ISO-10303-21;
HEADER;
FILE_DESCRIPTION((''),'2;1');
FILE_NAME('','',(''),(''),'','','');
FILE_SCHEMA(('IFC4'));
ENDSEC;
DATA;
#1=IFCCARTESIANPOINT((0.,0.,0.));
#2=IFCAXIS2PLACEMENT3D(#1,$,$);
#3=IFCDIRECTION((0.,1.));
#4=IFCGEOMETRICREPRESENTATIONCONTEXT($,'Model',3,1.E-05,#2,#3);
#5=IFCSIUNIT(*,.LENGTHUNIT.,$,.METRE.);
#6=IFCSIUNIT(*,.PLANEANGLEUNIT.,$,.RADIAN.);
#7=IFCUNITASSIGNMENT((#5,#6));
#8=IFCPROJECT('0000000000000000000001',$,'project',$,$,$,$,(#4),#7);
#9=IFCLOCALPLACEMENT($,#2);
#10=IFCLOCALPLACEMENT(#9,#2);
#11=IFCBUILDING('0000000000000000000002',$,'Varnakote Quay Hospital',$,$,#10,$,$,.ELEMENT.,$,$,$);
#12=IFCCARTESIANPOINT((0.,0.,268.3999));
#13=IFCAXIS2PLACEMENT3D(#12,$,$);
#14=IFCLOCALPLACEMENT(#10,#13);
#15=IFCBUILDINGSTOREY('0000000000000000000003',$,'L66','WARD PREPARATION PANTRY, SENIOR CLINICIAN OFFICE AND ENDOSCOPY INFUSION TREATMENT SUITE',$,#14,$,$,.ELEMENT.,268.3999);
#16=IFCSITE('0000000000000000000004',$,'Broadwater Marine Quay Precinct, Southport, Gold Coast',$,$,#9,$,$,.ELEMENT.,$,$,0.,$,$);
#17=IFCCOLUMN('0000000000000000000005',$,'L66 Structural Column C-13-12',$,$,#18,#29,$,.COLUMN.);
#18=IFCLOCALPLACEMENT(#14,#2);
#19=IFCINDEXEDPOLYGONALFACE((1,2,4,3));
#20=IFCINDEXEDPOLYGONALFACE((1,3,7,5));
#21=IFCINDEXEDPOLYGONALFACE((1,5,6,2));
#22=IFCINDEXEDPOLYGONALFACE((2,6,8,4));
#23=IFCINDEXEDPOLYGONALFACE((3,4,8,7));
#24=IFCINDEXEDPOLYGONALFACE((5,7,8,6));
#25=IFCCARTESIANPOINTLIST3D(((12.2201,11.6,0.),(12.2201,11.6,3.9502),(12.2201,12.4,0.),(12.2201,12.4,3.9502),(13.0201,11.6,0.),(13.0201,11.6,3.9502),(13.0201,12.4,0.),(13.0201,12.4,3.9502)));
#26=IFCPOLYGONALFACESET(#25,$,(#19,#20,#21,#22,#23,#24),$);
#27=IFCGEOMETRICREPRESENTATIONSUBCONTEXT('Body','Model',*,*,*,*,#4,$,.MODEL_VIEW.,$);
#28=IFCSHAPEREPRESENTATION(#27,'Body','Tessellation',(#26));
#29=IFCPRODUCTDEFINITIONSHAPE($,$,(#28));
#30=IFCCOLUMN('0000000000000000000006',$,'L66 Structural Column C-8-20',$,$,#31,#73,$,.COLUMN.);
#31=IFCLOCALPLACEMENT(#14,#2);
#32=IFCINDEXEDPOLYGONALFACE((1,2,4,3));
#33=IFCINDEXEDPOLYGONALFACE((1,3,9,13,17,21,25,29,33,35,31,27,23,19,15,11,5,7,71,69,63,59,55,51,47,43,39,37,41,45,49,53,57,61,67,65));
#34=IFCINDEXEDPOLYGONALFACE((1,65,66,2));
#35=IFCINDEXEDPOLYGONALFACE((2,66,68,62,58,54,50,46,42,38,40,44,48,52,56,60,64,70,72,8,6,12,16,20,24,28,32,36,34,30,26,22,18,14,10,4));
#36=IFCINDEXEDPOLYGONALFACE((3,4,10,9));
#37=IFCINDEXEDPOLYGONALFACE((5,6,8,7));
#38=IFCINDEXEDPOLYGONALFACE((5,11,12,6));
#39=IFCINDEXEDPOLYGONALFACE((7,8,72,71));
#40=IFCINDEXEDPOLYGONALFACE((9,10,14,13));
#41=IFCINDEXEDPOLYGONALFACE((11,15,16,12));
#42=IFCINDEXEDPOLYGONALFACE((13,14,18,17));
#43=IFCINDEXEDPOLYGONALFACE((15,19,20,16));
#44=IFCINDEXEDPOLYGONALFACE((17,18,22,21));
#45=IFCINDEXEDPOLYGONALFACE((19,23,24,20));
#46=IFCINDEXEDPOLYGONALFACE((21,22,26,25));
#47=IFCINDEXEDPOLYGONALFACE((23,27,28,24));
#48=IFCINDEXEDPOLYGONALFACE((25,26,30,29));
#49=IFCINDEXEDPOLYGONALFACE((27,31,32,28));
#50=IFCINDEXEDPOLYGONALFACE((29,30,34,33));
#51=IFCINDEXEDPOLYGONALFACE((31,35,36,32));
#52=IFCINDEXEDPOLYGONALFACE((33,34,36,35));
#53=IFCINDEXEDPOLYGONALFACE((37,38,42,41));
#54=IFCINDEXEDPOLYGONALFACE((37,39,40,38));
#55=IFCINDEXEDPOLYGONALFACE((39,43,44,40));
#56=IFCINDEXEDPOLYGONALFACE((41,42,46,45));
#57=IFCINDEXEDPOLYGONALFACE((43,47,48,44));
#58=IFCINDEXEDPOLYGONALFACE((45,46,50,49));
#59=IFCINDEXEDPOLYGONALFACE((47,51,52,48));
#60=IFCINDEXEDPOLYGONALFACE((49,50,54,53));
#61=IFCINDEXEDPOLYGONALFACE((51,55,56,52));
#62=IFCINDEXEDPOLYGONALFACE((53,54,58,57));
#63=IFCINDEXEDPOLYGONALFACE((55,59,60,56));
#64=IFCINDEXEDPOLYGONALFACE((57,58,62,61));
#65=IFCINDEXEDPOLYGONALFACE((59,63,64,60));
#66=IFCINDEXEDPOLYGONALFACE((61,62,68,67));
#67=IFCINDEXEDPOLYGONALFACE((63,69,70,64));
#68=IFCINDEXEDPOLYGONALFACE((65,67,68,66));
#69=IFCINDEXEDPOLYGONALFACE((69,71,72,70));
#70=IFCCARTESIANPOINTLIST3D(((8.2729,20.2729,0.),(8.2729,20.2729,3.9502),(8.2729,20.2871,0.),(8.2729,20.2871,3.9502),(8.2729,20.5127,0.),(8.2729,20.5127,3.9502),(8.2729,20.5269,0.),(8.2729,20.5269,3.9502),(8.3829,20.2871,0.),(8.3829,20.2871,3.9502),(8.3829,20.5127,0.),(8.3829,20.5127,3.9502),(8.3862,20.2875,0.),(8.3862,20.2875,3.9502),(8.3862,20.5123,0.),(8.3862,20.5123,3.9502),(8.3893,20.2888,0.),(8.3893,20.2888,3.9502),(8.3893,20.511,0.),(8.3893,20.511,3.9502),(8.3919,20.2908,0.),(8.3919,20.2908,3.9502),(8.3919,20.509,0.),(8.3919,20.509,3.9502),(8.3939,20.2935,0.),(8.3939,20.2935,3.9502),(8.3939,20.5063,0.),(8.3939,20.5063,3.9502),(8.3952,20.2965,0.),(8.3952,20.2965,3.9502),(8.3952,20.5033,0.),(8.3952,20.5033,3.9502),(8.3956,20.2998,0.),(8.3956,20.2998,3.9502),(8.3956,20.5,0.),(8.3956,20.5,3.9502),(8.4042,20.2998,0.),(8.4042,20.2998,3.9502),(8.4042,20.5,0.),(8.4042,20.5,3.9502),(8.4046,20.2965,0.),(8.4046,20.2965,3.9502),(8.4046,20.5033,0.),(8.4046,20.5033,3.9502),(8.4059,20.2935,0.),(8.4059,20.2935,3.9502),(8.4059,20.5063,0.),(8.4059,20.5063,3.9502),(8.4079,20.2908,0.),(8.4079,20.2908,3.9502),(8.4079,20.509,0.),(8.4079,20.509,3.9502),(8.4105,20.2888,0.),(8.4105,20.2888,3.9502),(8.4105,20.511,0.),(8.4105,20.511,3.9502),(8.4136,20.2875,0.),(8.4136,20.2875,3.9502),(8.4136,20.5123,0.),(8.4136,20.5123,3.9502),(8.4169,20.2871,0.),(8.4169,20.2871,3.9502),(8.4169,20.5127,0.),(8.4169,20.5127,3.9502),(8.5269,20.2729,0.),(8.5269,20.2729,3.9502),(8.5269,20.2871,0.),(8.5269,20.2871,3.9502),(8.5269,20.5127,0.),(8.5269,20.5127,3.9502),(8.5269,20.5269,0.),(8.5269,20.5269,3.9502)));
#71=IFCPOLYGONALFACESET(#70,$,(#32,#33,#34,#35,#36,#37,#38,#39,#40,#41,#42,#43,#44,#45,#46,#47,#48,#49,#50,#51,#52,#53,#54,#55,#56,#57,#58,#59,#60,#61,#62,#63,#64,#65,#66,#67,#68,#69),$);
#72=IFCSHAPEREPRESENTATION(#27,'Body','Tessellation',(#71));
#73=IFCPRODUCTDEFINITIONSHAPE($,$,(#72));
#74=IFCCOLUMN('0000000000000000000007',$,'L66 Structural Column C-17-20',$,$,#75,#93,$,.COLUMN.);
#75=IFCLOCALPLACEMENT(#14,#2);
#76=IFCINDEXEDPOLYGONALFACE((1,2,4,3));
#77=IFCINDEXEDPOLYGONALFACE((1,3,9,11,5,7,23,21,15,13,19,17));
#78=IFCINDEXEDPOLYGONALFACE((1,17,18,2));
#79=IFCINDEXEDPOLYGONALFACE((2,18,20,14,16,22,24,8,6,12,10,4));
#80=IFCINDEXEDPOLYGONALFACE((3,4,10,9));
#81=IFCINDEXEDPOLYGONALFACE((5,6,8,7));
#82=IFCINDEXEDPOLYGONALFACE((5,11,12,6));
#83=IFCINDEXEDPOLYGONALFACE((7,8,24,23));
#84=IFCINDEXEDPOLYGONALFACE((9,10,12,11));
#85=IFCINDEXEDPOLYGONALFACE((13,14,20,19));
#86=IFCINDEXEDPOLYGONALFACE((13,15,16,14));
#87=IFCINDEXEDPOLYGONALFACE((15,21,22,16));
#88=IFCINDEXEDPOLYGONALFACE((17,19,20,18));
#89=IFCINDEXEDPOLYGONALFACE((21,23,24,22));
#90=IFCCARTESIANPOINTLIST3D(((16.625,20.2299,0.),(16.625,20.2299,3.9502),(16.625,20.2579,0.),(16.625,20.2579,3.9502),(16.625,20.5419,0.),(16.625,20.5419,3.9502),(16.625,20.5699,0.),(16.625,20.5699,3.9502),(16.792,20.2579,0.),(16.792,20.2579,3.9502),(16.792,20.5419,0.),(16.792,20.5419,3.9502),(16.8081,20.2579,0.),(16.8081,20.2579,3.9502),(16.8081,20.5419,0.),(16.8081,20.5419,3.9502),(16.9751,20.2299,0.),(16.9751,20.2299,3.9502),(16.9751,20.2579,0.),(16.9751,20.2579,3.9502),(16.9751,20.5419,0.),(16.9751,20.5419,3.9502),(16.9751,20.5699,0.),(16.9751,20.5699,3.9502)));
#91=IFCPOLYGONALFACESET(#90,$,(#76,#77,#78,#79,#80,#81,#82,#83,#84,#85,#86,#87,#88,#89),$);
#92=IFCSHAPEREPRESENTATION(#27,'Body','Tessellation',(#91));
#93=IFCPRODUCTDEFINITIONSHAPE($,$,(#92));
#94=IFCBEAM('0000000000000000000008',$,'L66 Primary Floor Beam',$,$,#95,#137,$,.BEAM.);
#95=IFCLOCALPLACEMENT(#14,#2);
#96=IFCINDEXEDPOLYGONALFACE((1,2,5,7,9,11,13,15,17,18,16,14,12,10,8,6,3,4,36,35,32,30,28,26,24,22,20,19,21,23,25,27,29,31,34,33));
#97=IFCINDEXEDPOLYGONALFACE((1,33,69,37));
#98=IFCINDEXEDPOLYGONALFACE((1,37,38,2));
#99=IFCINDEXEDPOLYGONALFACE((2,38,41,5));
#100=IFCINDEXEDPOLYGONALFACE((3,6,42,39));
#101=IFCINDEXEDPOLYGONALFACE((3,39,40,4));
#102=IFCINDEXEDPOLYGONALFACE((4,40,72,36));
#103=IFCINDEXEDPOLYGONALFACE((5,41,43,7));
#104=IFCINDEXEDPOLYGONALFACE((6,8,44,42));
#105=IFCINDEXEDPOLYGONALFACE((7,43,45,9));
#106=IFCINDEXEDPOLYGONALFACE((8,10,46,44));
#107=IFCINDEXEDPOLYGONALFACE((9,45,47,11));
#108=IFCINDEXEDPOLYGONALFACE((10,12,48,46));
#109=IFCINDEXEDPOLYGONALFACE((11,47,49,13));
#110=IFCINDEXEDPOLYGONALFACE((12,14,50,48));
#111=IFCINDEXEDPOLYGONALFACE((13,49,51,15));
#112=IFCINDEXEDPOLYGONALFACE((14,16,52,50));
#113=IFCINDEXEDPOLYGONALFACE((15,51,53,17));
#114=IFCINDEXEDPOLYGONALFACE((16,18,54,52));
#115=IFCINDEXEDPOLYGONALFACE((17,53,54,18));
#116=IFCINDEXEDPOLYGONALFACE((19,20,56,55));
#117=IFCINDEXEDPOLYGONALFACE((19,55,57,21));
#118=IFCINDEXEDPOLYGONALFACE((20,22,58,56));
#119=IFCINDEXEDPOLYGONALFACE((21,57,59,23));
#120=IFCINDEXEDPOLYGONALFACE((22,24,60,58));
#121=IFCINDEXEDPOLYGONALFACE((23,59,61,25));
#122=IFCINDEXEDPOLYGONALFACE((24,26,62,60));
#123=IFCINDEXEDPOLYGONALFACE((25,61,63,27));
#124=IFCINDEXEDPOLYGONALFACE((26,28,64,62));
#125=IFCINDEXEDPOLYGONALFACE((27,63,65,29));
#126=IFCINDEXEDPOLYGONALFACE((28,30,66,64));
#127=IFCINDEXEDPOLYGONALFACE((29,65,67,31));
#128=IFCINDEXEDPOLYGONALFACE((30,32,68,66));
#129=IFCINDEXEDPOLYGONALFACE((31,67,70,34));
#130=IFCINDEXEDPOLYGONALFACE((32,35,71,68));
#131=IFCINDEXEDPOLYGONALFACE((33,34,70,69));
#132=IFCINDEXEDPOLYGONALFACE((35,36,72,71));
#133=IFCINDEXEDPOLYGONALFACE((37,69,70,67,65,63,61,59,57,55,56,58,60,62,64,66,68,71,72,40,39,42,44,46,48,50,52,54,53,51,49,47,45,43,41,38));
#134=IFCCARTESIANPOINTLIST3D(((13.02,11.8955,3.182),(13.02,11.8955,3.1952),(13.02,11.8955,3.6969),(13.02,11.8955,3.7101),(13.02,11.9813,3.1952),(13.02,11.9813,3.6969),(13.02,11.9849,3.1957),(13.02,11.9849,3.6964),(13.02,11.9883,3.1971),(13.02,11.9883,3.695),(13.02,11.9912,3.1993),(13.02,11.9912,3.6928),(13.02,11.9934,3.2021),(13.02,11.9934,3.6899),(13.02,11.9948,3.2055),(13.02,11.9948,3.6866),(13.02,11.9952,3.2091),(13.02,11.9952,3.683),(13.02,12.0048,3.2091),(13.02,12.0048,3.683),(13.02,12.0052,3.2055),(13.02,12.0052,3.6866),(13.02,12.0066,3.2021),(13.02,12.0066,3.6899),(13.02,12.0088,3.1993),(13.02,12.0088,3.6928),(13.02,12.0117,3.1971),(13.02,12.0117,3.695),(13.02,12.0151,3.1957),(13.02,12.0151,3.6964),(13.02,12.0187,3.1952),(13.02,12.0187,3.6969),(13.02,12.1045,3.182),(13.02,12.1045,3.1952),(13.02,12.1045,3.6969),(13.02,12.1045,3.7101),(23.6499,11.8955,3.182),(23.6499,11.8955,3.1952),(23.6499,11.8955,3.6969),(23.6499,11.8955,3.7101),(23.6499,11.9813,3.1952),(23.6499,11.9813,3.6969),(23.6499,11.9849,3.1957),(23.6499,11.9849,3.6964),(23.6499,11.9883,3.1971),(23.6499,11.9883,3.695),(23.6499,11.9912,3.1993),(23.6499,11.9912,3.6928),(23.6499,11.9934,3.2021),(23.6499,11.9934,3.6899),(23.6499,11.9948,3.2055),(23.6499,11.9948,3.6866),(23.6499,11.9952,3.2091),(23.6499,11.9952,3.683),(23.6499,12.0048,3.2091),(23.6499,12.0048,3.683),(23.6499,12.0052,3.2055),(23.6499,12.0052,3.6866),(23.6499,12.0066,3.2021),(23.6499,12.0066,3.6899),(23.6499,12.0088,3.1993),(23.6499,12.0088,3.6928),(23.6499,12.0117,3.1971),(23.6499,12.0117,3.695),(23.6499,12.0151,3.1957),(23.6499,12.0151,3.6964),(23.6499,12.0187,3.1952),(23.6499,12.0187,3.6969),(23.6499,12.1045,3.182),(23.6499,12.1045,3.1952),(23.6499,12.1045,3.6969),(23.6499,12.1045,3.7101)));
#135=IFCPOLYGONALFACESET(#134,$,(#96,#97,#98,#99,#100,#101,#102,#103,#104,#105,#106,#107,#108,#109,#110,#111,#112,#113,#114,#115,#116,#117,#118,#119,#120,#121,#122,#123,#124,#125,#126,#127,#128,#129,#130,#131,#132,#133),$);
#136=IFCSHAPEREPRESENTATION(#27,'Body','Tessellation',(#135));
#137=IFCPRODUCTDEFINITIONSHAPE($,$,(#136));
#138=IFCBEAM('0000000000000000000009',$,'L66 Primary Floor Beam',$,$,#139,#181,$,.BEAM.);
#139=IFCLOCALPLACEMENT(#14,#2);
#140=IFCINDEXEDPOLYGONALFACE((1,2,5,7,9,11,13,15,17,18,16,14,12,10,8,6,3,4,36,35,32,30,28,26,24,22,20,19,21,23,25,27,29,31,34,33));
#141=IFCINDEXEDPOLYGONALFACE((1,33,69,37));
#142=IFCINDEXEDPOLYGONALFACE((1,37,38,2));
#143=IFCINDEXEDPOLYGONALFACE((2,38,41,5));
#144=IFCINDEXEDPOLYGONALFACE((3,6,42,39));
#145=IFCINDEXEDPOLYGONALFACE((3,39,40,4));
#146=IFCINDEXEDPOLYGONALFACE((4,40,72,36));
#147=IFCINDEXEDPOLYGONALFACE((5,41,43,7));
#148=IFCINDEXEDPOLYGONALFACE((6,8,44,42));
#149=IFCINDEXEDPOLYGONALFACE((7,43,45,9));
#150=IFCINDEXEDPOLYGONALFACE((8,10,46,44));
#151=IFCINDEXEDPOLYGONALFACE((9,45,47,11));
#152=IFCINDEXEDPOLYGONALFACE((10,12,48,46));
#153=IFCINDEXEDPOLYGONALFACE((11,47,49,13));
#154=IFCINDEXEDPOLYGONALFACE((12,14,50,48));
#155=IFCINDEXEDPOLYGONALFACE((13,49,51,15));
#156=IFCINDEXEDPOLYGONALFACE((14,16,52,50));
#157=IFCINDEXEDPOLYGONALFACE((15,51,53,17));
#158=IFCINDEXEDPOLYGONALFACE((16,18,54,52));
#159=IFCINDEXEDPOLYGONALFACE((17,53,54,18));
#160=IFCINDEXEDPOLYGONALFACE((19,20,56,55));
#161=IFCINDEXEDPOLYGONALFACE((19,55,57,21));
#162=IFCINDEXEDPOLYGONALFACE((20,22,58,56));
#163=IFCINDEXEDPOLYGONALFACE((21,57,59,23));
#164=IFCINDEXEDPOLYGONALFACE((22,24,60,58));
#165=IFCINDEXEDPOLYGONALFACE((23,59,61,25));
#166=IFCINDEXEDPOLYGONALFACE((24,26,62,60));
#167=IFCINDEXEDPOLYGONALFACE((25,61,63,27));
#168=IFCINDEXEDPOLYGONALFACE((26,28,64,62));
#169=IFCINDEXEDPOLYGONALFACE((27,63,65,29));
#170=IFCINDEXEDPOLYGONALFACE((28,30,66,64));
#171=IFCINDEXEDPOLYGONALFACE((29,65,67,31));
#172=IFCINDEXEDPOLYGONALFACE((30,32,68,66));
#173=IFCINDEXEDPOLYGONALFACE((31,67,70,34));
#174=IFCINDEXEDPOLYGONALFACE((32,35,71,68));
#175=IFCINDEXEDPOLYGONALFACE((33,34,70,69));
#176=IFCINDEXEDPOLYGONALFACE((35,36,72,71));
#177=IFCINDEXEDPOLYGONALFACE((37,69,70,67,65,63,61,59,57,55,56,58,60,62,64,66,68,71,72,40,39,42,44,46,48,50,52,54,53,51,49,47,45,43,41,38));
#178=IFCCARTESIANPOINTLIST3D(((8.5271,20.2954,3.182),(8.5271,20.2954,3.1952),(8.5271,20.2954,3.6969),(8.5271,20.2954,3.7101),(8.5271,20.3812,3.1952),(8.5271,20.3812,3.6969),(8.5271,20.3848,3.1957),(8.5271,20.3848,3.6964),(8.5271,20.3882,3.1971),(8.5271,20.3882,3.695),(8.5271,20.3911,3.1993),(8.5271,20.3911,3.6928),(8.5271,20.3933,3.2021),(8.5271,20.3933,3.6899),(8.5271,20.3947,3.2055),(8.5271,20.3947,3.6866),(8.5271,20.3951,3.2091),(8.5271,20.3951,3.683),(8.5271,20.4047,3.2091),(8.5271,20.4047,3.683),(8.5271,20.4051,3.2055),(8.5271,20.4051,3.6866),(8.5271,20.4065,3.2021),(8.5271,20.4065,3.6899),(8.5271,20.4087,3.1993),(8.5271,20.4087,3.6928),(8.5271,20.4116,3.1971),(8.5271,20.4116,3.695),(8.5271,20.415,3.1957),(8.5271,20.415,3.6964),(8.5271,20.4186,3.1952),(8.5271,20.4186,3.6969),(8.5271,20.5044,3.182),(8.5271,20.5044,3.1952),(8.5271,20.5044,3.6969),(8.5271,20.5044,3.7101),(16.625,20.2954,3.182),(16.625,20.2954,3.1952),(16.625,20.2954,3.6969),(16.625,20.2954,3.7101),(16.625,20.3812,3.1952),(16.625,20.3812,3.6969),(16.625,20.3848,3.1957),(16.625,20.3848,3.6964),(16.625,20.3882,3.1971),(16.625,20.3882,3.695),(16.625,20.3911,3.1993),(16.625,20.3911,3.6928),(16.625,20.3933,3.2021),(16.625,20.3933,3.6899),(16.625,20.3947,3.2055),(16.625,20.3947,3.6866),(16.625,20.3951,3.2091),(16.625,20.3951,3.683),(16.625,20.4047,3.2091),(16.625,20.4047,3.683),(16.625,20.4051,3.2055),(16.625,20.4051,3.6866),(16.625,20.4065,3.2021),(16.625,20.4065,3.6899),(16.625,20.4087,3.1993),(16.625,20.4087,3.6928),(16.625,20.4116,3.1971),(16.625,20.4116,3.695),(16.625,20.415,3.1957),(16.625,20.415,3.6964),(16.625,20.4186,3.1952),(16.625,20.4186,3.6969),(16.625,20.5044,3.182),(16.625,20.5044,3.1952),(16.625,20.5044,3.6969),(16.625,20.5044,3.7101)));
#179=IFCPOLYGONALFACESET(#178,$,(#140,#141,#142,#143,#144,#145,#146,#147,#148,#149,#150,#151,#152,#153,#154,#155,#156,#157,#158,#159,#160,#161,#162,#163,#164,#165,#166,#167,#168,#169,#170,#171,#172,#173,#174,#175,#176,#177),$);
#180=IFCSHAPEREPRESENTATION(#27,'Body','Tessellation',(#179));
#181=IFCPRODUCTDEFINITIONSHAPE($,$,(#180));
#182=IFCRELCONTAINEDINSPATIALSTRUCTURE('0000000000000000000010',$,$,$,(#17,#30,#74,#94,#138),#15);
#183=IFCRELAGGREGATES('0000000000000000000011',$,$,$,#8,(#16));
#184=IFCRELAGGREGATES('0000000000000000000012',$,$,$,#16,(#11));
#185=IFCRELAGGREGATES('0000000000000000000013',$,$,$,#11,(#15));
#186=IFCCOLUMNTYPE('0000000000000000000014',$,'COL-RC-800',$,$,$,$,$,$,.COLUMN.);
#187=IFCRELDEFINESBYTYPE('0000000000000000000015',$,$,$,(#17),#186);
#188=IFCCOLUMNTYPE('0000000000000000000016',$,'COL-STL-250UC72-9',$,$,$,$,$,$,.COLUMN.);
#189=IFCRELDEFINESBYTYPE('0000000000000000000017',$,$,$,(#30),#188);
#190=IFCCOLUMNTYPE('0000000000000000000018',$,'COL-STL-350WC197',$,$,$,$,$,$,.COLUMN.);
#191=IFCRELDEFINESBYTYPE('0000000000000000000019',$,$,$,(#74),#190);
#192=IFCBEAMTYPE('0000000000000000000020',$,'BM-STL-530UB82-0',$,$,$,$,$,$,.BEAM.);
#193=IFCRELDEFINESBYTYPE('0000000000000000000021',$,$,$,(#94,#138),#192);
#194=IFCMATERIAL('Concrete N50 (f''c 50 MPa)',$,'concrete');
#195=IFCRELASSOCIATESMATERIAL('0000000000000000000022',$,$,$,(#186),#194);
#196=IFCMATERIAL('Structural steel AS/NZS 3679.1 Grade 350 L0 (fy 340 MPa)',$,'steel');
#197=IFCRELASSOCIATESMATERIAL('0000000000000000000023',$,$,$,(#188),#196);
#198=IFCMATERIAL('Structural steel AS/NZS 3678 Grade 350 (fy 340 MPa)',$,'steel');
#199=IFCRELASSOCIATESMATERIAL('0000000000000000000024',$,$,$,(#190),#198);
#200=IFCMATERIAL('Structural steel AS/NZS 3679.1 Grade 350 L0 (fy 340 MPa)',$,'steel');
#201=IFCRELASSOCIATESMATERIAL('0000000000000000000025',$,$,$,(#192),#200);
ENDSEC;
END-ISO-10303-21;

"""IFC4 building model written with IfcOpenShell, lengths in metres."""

from ifc_helpers import new_model, si_unit, direction, frame, origin, origin_2d, place, context, subcontext, project, spatial, rectangle, i_section, extrude, material, material_profile, profile_set, type_object, element, save


model = new_model("IFC4")

# Units and contexts
model_context = context("Model", 3, precision=1e-05, world=origin(), true_north=direction((0.0, 1.0)))
body_context = subcontext(model_context, "Body", "Model", "MODEL_VIEW")
ifc_project = project(units=[si_unit("LENGTHUNIT", "METRE"), si_unit("PLANEANGLEUNIT", "RADIAN")], contexts=[model_context])

# Site, building, storey
site_placement = place(None, origin())
site = spatial("IfcSite", under=ifc_project, at=site_placement, Name="Broadwater Marine Quay Precinct, Southport, Gold Coast", CompositionType="ELEMENT", RefElevation=0.0)
building_placement = place(site_placement, origin())
building = spatial("IfcBuilding", under=site, at=building_placement, Name="Varnakote Quay Hospital", CompositionType="ELEMENT")
storey_placement = place(building_placement, frame((0.0, 0.0, 268.3999)))
storey = spatial("IfcBuildingStorey", under=building, at=storey_placement, Name="L66", Description="WARD PREPARATION PANTRY, SENIOR CLINICIAN OFFICE AND ENDOSCOPY INFUSION TREATMENT SUITE", CompositionType="ELEMENT", Elevation=268.3999)

# Columns
ifc_material_1 = material(Name="Concrete N50 (f'c 50 MPa)", Category="concrete")
ifc_material_profile_1 = material_profile(ifc_material_1, rectangle(XDim=0.8, YDim=0.8, at=origin_2d()), Name="RC-COL-800x800")
ifc_profile_set_1 = profile_set([ifc_material_profile_1], Name="Concrete N50 (f'c 50 MPa)")
column_type_1 = type_object("IfcColumnType", Name="COL-RC-800", PredefinedType="COLUMN", material=ifc_profile_set_1)
column_1_placement = place(storey_placement, frame((12.6201, 12.0, 0.0), z_axis=(0.0, 0.0, 1.0), x_axis=(1.0, 0.0, 0.0)))
element("IfcColumn", 1, at=column_1_placement, inside=storey, type_object=column_type_1, Name="L66 Structural Column C-13-12", PredefinedType="COLUMN", context=body_context, shape_type="SweptSolid", body=[
    extrude(rectangle(XDim=0.8, YDim=0.8, at=origin_2d()), origin(), (0.0, 0.0, 1.0), 3.9502),
])
ifc_material_2 = material(Name="Structural steel AS/NZS 3679.1 Grade 350 L0 (fy 340 MPa)", Category="steel")
ifc_material_profile_2 = material_profile(ifc_material_2, i_section(OverallWidth=0.2539, OverallDepth=0.2539, WebThickness=0.0085, FlangeThickness=0.0142, FilletRadius=0.0127, at=origin_2d()), Name="250UC72.9")
ifc_profile_set_2 = profile_set([ifc_material_profile_2], Name="Structural steel AS/NZS 3679.1 Grade 350 L0 (fy 340 MPa)")
column_type_2 = type_object("IfcColumnType", Name="COL-STL-250UC72-9", PredefinedType="COLUMN", material=ifc_profile_set_2)
column_2_placement = place(storey_placement, frame((8.3999, 20.3999, 0.0), z_axis=(0.0, 0.0, 1.0), x_axis=(1.0, 0.0, 0.0)))
element("IfcColumn", 2, at=column_2_placement, inside=storey, type_object=column_type_2, Name="L66 Structural Column C-8-20", PredefinedType="COLUMN", context=body_context, shape_type="SweptSolid", body=[
    extrude(i_section(OverallWidth=0.2539, OverallDepth=0.2539, WebThickness=0.0085, FlangeThickness=0.0142, FilletRadius=0.0127, at=origin_2d()), origin(), (0.0, 0.0, 1.0), 3.9502),
])
ifc_material_3 = material(Name="Structural steel AS/NZS 3678 Grade 350 (fy 340 MPa)", Category="steel")
ifc_material_profile_3 = material_profile(ifc_material_3, i_section(OverallWidth=0.3501, OverallDepth=0.3401, WebThickness=0.0161, FlangeThickness=0.0281, at=origin_2d()), Name="350WC197")
ifc_profile_set_3 = profile_set([ifc_material_profile_3], Name="Structural steel AS/NZS 3678 Grade 350 (fy 340 MPa)")
column_type_3 = type_object("IfcColumnType", Name="COL-STL-350WC197", PredefinedType="COLUMN", material=ifc_profile_set_3)
column_3_placement = place(storey_placement, frame((16.8, 20.3999, 0.0), z_axis=(0.0, 0.0, 1.0), x_axis=(1.0, 0.0, 0.0)))
element("IfcColumn", 3, at=column_3_placement, inside=storey, type_object=column_type_3, Name="L66 Structural Column C-17-20", PredefinedType="COLUMN", context=body_context, shape_type="SweptSolid", body=[
    extrude(i_section(OverallWidth=0.3501, OverallDepth=0.3401, WebThickness=0.0161, FlangeThickness=0.0281, at=origin_2d()), origin(), (0.0, 0.0, 1.0), 3.9502),
])

# Beams
ifc_material_4 = material(Name="Structural steel AS/NZS 3679.1 Grade 350 L0 (fy 340 MPa)", Category="steel")
ifc_material_profile_4 = material_profile(ifc_material_4, i_section(OverallWidth=0.209, OverallDepth=0.5281, WebThickness=0.0095, FlangeThickness=0.0132, FilletRadius=0.0139, at=origin_2d()), Name="530UB82.0")
ifc_profile_set_4 = profile_set([ifc_material_profile_4], Name="Structural steel AS/NZS 3679.1 Grade 350 L0 (fy 340 MPa)")
beam_type = type_object("IfcBeamType", Name="BM-STL-530UB82-0", PredefinedType="BEAM", material=ifc_profile_set_4)
beam_1_placement = place(storey_placement, frame((13.02, 12.0, 3.446), z_axis=(1.0, 0.0, 0.0), x_axis=(0.0, 1.0, 0.0)))
element("IfcBeam", 4, at=beam_1_placement, inside=storey, type_object=beam_type, Name="L66 Primary Floor Beam", PredefinedType="BEAM", context=body_context, shape_type="SweptSolid", body=[
    extrude(i_section(OverallWidth=0.209, OverallDepth=0.5281, WebThickness=0.0095, FlangeThickness=0.0132, FilletRadius=0.0139, at=origin_2d()), origin(), (0.0, 0.0, 1.0), 10.6299),
])
for number, where, z_axis, x_axis, name in (
    (5, (8.5271, 20.3999, 3.446), (1.0, 0.0, 0.0), (0.0, 1.0, 0.0), "L66 Primary Floor Beam"),
):
    element("IfcBeam", number, at=place(storey_placement, frame(where, z_axis=z_axis, x_axis=x_axis)), inside=storey, type_object=beam_type, Name=name, PredefinedType="BEAM", context=body_context, shape_type="SweptSolid", body=[
        extrude(i_section(OverallWidth=0.209, OverallDepth=0.5281, WebThickness=0.0095, FlangeThickness=0.0132, FilletRadius=0.0139, at=origin_2d()), origin(), (0.0, 0.0, 1.0), 8.0979),
    ])

save(model, "model.ifc")
